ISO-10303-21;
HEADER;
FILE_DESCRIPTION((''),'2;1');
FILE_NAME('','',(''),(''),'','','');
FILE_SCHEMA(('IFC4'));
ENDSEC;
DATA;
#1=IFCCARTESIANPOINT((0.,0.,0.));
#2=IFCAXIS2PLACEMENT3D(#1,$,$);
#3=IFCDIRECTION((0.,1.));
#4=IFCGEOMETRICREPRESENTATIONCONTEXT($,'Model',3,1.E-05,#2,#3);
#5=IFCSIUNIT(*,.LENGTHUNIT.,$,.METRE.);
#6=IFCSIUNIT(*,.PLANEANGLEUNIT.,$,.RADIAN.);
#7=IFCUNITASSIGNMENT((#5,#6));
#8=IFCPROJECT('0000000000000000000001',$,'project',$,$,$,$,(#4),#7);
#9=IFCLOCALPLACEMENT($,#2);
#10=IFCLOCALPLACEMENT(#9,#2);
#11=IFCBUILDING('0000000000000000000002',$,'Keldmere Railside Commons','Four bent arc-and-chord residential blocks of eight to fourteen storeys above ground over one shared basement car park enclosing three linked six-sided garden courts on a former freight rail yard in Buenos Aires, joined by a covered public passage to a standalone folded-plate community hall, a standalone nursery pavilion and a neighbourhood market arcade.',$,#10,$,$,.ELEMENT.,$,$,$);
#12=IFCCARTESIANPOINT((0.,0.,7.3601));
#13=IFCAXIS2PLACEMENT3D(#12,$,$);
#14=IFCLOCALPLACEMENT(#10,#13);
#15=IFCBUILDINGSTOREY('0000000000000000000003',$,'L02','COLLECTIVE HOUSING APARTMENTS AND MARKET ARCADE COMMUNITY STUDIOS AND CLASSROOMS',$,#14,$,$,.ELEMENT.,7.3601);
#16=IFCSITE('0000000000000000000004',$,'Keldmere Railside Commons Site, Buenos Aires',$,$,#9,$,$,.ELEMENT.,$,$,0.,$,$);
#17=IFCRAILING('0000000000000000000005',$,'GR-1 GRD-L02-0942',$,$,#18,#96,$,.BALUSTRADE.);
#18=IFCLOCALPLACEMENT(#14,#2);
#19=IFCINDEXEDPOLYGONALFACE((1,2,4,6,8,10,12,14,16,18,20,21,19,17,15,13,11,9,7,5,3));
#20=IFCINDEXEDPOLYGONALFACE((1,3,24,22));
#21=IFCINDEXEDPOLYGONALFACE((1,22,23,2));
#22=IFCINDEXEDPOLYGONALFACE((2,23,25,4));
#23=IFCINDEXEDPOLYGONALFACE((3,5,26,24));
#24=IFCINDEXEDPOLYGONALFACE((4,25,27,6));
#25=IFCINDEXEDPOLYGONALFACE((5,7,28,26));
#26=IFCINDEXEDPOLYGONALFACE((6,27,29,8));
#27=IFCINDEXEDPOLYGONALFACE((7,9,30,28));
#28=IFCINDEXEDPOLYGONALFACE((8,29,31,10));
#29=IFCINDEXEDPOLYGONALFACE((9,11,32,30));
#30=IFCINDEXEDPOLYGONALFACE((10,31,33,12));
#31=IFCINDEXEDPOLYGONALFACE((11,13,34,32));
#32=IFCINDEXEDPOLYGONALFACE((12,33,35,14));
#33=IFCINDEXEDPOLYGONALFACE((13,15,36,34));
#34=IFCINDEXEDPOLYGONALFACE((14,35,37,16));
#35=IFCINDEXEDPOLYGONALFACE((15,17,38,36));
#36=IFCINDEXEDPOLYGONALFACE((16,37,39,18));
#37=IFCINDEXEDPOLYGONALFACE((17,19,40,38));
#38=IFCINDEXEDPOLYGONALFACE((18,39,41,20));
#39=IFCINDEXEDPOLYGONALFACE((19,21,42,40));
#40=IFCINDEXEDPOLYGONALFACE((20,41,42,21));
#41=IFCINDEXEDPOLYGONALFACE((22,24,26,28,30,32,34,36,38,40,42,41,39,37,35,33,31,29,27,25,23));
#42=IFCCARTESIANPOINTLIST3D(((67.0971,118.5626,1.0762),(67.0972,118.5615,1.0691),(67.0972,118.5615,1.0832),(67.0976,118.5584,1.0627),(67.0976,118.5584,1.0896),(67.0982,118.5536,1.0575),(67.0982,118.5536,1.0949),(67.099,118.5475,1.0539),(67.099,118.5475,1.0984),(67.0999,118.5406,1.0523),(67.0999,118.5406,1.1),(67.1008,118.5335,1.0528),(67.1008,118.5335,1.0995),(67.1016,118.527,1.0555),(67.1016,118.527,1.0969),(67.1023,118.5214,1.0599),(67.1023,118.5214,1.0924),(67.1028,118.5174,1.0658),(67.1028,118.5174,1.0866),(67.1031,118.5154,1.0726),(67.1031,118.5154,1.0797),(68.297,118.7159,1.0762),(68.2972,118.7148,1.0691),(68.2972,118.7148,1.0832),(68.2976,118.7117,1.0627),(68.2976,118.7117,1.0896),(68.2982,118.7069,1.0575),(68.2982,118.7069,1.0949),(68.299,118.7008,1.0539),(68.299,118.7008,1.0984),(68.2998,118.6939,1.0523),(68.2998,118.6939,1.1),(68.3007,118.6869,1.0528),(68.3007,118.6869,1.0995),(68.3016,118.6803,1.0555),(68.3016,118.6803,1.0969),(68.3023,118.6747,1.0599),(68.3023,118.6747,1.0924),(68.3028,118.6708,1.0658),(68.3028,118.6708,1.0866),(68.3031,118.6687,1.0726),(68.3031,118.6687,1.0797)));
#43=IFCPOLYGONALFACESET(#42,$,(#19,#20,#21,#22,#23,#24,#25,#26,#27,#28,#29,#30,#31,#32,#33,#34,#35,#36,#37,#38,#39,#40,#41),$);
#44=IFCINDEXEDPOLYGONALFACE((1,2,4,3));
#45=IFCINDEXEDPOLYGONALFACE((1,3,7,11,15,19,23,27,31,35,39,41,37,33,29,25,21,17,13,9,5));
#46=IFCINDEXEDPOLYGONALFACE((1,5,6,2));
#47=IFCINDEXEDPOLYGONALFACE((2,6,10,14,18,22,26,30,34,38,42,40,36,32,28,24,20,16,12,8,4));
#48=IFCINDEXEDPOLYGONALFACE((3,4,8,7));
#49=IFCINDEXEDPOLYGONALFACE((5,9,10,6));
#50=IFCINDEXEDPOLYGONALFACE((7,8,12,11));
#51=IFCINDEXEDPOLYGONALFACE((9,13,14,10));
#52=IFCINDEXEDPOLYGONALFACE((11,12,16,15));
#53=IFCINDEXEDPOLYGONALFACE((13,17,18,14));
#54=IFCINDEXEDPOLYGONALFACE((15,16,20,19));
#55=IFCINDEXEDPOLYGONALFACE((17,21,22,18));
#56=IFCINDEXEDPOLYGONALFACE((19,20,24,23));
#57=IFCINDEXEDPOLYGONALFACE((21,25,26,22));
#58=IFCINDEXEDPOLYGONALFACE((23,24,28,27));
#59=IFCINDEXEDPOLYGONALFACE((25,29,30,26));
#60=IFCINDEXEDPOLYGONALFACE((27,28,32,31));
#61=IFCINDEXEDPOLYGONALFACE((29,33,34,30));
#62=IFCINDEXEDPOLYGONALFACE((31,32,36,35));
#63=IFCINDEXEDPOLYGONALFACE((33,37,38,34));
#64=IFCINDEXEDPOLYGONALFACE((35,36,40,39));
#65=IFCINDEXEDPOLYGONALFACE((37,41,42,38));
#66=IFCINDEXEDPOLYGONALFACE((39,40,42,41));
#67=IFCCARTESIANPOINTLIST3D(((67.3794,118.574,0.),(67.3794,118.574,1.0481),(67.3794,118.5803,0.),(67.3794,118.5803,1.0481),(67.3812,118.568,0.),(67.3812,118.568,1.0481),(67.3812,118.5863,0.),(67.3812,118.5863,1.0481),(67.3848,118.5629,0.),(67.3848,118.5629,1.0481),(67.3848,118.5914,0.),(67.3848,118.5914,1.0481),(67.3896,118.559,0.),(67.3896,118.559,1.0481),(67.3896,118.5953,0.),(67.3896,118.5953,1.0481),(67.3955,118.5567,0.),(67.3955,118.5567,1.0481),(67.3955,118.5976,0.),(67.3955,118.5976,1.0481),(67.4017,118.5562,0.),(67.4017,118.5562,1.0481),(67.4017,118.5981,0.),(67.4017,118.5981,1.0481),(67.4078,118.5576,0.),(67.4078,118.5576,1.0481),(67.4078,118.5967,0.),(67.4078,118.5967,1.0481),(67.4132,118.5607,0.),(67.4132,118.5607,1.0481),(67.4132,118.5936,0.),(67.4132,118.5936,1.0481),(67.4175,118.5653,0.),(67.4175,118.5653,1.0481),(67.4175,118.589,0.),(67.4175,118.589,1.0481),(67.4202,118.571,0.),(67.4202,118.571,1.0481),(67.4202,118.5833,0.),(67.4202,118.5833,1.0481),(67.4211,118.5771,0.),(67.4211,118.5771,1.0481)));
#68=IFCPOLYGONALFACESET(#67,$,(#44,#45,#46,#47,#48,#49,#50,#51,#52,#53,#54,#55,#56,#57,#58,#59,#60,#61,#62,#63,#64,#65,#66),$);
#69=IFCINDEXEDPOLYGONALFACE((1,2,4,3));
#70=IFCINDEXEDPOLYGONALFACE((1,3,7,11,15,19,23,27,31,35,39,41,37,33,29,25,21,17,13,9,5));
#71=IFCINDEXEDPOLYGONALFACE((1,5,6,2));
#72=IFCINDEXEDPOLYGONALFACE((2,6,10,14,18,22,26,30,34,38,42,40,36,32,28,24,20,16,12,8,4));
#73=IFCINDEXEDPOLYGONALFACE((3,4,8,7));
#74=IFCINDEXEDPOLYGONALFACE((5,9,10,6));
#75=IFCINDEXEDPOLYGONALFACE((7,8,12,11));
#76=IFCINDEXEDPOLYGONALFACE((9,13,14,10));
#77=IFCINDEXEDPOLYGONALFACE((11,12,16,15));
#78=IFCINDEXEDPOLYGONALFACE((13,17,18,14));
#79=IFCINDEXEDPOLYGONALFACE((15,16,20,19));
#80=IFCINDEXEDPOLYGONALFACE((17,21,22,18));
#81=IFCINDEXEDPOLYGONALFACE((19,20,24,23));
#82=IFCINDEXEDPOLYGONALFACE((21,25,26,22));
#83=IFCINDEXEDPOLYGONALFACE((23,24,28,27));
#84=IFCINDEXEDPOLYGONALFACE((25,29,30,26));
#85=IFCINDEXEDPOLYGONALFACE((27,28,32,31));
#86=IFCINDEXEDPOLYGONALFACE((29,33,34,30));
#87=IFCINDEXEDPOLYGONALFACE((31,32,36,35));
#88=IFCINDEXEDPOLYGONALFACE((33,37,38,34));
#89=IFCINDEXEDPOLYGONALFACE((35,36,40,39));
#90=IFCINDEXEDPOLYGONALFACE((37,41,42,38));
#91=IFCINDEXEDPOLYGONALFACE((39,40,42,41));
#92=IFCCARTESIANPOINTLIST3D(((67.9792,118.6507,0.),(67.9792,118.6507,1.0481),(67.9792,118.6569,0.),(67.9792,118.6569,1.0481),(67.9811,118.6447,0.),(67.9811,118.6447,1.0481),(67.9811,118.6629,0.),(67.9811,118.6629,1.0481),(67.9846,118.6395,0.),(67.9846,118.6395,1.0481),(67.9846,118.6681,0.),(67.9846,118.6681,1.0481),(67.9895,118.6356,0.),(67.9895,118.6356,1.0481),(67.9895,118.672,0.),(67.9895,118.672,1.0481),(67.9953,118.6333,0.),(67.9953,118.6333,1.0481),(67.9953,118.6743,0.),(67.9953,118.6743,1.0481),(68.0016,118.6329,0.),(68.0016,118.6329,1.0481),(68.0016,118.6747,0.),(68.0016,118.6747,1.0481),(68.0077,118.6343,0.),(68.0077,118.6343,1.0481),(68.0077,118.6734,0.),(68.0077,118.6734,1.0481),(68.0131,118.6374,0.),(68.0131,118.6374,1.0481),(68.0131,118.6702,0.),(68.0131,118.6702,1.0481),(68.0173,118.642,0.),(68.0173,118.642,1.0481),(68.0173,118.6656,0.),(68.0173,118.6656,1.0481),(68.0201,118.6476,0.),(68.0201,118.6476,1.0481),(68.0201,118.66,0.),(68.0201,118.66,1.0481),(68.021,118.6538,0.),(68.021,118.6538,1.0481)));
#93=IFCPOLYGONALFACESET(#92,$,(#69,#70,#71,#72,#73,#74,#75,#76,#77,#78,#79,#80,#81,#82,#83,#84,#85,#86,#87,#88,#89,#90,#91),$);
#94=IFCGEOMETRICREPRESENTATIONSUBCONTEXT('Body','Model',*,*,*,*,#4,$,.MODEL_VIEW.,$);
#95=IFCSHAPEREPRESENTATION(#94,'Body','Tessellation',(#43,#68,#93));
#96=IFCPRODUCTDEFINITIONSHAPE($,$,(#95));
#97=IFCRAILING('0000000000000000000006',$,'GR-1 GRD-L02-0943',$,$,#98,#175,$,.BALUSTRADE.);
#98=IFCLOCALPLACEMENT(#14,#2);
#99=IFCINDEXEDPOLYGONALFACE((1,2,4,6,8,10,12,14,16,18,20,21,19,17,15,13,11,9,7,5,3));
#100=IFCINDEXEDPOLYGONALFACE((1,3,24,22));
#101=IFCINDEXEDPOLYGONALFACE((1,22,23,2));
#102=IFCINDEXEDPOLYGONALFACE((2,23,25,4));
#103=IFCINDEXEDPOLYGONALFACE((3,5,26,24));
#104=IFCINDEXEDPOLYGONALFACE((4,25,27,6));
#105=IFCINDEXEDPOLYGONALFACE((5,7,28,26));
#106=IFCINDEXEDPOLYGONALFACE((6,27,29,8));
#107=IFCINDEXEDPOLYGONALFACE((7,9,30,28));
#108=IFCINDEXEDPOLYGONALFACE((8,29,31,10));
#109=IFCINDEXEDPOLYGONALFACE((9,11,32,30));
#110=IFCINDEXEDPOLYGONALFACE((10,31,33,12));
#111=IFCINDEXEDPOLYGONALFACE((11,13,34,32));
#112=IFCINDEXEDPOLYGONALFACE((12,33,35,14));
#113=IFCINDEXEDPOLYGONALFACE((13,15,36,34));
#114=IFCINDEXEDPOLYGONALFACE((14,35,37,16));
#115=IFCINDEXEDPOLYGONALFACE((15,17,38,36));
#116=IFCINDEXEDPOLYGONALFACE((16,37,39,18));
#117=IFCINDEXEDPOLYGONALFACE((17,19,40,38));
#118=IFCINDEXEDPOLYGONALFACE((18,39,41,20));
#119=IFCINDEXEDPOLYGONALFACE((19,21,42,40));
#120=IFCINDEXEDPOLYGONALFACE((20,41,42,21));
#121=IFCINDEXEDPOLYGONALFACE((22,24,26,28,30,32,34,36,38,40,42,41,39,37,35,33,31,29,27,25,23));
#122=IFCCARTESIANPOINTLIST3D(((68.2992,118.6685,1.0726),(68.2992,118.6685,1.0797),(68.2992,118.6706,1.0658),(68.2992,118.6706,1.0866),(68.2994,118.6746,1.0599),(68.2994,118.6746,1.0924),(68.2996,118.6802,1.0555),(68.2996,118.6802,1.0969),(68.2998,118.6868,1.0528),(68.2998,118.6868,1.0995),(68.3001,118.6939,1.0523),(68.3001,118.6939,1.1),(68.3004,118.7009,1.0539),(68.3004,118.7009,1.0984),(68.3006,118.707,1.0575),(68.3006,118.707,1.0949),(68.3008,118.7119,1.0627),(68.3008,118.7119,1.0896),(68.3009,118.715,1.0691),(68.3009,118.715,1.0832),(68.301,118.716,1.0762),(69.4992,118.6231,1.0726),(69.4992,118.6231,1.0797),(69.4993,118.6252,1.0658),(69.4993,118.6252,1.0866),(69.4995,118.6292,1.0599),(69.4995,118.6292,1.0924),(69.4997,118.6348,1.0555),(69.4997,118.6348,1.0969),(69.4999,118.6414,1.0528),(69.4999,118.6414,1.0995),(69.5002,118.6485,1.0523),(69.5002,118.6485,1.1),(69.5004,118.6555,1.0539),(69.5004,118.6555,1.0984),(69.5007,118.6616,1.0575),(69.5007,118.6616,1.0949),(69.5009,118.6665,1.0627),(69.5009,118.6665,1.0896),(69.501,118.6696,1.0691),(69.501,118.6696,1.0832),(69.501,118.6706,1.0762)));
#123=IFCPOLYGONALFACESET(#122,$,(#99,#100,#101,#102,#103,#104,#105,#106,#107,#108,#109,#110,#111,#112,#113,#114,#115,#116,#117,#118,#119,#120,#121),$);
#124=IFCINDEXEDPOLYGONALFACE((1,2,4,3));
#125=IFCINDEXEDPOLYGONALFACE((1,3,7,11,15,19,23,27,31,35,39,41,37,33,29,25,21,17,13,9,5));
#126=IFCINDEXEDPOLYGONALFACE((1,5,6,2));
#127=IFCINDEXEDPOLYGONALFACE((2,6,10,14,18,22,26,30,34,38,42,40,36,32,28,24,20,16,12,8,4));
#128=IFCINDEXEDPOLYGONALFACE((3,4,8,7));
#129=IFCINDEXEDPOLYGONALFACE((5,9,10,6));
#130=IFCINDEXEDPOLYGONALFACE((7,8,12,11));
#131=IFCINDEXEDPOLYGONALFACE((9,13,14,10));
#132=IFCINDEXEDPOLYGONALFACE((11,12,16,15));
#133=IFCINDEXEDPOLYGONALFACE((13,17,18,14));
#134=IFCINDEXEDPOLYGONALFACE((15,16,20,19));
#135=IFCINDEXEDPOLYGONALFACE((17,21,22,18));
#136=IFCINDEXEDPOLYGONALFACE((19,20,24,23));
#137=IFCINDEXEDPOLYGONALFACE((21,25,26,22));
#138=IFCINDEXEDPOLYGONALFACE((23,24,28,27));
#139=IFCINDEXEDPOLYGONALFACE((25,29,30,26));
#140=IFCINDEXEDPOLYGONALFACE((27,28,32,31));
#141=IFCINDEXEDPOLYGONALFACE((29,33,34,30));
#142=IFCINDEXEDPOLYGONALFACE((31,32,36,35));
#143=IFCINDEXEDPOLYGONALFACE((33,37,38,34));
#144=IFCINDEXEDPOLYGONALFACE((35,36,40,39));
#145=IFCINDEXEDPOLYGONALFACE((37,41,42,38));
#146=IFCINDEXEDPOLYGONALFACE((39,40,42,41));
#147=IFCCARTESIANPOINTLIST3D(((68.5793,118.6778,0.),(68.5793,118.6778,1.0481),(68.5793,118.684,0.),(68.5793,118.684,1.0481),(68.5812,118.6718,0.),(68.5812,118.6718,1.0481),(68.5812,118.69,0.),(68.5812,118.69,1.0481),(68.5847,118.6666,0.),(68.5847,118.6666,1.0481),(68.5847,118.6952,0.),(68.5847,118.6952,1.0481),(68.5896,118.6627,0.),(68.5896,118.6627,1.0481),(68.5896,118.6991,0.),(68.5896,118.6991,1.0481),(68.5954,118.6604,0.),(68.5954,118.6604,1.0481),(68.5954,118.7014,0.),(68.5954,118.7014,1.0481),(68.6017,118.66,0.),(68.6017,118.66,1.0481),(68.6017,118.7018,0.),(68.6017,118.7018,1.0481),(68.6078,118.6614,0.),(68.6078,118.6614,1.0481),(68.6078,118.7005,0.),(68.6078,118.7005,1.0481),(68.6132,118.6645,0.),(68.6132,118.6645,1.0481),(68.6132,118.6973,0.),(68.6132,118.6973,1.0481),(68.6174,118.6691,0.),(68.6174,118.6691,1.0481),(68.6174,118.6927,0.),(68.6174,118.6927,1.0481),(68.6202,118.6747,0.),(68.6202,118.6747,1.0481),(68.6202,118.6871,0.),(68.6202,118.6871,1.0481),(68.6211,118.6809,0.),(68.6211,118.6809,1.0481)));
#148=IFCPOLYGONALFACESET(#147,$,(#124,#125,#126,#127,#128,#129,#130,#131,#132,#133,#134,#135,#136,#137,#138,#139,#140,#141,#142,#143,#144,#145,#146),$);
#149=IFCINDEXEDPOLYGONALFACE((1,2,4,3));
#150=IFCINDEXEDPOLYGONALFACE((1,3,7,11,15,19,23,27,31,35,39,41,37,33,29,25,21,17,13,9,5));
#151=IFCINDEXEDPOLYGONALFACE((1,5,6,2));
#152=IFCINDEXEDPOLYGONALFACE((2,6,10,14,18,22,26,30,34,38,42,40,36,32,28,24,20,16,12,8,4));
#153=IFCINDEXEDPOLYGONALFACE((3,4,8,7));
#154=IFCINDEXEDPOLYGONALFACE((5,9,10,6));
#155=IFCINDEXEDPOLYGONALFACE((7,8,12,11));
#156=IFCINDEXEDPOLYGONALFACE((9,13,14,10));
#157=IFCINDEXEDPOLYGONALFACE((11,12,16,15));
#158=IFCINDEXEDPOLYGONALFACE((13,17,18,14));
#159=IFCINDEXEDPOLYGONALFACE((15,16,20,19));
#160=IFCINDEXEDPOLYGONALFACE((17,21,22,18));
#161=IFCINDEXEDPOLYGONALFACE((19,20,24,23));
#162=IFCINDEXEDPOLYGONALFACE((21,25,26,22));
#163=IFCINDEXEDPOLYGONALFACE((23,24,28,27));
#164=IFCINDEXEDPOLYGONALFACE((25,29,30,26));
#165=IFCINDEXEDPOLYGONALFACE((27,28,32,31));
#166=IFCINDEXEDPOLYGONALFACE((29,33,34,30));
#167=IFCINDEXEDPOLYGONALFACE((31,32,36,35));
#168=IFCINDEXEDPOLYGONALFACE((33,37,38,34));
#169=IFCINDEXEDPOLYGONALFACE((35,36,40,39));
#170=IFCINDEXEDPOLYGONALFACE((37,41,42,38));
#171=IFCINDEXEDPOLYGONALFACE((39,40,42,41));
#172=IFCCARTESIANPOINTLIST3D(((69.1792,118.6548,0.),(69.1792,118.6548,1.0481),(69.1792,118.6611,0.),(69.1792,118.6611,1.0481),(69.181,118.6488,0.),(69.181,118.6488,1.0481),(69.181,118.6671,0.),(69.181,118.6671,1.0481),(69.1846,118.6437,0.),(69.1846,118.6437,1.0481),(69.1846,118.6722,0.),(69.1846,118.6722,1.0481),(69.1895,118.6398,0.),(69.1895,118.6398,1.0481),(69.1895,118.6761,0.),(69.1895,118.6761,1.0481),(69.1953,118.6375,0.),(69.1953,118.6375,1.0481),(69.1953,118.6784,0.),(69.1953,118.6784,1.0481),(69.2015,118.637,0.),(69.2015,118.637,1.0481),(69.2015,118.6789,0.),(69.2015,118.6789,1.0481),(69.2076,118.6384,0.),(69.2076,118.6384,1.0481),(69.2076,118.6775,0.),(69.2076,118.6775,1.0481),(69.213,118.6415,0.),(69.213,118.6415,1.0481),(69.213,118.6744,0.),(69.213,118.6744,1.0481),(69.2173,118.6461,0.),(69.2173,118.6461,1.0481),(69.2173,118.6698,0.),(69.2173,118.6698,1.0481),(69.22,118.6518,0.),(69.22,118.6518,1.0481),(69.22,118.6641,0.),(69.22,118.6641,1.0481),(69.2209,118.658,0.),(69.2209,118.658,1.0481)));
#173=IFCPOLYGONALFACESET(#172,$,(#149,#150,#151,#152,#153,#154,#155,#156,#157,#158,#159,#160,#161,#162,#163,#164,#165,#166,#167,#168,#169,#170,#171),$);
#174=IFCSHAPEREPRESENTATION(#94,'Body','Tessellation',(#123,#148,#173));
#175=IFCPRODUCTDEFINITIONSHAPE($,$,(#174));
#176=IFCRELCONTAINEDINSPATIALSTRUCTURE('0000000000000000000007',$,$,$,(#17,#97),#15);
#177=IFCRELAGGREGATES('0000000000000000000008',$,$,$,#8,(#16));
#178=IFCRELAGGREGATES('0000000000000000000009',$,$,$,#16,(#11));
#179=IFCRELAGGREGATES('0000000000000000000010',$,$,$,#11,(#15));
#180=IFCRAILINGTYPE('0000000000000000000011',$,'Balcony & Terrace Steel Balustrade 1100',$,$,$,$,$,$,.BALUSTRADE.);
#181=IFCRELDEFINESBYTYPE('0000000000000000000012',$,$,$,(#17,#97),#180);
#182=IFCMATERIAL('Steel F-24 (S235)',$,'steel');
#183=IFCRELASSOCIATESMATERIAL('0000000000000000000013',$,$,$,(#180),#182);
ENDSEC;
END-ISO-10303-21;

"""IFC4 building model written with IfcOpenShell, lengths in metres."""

from ifc_helpers import new_model, si_unit, direction, frame, origin, origin_2d, place, context, subcontext, project, spatial, circle, extrude, material, type_object, element, save


model = new_model("IFC4")

# Units and contexts
model_context = context("Model", 3, precision=1e-05, world=origin(), true_north=direction((0.0, 1.0)))
body_context = subcontext(model_context, "Body", "Model", "MODEL_VIEW")
ifc_project = project(units=[si_unit("LENGTHUNIT", "METRE"), si_unit("PLANEANGLEUNIT", "RADIAN")], contexts=[model_context])

# Site, building, storey
site_placement = place(None, origin())
site = spatial("IfcSite", under=ifc_project, at=site_placement, Name="Keldmere Railside Commons Site, Buenos Aires", CompositionType="ELEMENT", RefElevation=0.0)
building_placement = place(site_placement, origin())
building = spatial("IfcBuilding", under=site, at=building_placement, Name="Keldmere Railside Commons", Description="Four bent arc-and-chord residential blocks of eight to fourteen storeys above ground over one shared basement car park enclosing three linked six-sided garden courts on a former freight rail yard in Buenos Aires, joined by a covered public passage to a standalone folded-plate community hall, a standalone nursery pavilion and a neighbourhood market arcade.", CompositionType="ELEMENT")
storey_placement = place(building_placement, frame((0.0, 0.0, 7.3601)))
storey = spatial("IfcBuildingStorey", under=building, at=storey_placement, Name="L02", Description="COLLECTIVE HOUSING APARTMENTS AND MARKET ARCADE COMMUNITY STUDIOS AND CLASSROOMS", CompositionType="ELEMENT", Elevation=7.3601)

# Railings
ifc_material_1 = material(Name="Steel F-24 (S235)", Category="steel")
railing_type = type_object("IfcRailingType", Name="Balcony & Terrace Steel Balustrade 1100", PredefinedType="BALUSTRADE", material=ifc_material_1)
railing_1_placement = place(storey_placement, frame((67.1001, 118.5388, 0.0)))
element("IfcRailing", 1, at=railing_1_placement, inside=storey, type_object=railing_type, Name="GR-1 GRD-L02-0942", PredefinedType="BALUSTRADE", context=body_context, shape_type="SweptSolid", body=[
    extrude(circle(Radius=0.0239, at=origin_2d()), frame((0.0, 0.0, 1.0762), z_axis=(0.991936, 0.126742, 0.0), x_axis=(-0.126742, 0.991936, 0.0)), (0.0, 0.0, 1.0), 1.2097),
    extrude(circle(Radius=0.021, at=origin_2d()), frame((0.3, 0.0383, 0.0)), (0.0, 0.0, 1.0), 1.0481),
    extrude(circle(Radius=0.021, at=origin_2d()), frame((0.8999, 0.115, 0.0)), (0.0, 0.0, 1.0), 1.0481),
])
railing_2_placement = place(storey_placement, frame((68.3, 118.6921, 0.0)))
element("IfcRailing", 2, at=railing_2_placement, inside=storey, type_object=railing_type, Name="GR-1 GRD-L02-0943", PredefinedType="BALUSTRADE", context=body_context, shape_type="SweptSolid", body=[
    extrude(circle(Radius=0.0239, at=origin_2d()), frame((0.0, 0.0, 1.0762), z_axis=(0.999285, -0.037816, 0.0), x_axis=(0.037816, 0.999285, 0.0)), (0.0, 0.0, 1.0), 1.2009),
    extrude(circle(Radius=0.021, at=origin_2d()), frame((0.3, -0.0112, 0.0)), (0.0, 0.0, 1.0), 1.0481),
    extrude(circle(Radius=0.021, at=origin_2d()), frame((0.8999, -0.0342, 0.0)), (0.0, 0.0, 1.0), 1.0481),
])

save(model, "model.ifc")
